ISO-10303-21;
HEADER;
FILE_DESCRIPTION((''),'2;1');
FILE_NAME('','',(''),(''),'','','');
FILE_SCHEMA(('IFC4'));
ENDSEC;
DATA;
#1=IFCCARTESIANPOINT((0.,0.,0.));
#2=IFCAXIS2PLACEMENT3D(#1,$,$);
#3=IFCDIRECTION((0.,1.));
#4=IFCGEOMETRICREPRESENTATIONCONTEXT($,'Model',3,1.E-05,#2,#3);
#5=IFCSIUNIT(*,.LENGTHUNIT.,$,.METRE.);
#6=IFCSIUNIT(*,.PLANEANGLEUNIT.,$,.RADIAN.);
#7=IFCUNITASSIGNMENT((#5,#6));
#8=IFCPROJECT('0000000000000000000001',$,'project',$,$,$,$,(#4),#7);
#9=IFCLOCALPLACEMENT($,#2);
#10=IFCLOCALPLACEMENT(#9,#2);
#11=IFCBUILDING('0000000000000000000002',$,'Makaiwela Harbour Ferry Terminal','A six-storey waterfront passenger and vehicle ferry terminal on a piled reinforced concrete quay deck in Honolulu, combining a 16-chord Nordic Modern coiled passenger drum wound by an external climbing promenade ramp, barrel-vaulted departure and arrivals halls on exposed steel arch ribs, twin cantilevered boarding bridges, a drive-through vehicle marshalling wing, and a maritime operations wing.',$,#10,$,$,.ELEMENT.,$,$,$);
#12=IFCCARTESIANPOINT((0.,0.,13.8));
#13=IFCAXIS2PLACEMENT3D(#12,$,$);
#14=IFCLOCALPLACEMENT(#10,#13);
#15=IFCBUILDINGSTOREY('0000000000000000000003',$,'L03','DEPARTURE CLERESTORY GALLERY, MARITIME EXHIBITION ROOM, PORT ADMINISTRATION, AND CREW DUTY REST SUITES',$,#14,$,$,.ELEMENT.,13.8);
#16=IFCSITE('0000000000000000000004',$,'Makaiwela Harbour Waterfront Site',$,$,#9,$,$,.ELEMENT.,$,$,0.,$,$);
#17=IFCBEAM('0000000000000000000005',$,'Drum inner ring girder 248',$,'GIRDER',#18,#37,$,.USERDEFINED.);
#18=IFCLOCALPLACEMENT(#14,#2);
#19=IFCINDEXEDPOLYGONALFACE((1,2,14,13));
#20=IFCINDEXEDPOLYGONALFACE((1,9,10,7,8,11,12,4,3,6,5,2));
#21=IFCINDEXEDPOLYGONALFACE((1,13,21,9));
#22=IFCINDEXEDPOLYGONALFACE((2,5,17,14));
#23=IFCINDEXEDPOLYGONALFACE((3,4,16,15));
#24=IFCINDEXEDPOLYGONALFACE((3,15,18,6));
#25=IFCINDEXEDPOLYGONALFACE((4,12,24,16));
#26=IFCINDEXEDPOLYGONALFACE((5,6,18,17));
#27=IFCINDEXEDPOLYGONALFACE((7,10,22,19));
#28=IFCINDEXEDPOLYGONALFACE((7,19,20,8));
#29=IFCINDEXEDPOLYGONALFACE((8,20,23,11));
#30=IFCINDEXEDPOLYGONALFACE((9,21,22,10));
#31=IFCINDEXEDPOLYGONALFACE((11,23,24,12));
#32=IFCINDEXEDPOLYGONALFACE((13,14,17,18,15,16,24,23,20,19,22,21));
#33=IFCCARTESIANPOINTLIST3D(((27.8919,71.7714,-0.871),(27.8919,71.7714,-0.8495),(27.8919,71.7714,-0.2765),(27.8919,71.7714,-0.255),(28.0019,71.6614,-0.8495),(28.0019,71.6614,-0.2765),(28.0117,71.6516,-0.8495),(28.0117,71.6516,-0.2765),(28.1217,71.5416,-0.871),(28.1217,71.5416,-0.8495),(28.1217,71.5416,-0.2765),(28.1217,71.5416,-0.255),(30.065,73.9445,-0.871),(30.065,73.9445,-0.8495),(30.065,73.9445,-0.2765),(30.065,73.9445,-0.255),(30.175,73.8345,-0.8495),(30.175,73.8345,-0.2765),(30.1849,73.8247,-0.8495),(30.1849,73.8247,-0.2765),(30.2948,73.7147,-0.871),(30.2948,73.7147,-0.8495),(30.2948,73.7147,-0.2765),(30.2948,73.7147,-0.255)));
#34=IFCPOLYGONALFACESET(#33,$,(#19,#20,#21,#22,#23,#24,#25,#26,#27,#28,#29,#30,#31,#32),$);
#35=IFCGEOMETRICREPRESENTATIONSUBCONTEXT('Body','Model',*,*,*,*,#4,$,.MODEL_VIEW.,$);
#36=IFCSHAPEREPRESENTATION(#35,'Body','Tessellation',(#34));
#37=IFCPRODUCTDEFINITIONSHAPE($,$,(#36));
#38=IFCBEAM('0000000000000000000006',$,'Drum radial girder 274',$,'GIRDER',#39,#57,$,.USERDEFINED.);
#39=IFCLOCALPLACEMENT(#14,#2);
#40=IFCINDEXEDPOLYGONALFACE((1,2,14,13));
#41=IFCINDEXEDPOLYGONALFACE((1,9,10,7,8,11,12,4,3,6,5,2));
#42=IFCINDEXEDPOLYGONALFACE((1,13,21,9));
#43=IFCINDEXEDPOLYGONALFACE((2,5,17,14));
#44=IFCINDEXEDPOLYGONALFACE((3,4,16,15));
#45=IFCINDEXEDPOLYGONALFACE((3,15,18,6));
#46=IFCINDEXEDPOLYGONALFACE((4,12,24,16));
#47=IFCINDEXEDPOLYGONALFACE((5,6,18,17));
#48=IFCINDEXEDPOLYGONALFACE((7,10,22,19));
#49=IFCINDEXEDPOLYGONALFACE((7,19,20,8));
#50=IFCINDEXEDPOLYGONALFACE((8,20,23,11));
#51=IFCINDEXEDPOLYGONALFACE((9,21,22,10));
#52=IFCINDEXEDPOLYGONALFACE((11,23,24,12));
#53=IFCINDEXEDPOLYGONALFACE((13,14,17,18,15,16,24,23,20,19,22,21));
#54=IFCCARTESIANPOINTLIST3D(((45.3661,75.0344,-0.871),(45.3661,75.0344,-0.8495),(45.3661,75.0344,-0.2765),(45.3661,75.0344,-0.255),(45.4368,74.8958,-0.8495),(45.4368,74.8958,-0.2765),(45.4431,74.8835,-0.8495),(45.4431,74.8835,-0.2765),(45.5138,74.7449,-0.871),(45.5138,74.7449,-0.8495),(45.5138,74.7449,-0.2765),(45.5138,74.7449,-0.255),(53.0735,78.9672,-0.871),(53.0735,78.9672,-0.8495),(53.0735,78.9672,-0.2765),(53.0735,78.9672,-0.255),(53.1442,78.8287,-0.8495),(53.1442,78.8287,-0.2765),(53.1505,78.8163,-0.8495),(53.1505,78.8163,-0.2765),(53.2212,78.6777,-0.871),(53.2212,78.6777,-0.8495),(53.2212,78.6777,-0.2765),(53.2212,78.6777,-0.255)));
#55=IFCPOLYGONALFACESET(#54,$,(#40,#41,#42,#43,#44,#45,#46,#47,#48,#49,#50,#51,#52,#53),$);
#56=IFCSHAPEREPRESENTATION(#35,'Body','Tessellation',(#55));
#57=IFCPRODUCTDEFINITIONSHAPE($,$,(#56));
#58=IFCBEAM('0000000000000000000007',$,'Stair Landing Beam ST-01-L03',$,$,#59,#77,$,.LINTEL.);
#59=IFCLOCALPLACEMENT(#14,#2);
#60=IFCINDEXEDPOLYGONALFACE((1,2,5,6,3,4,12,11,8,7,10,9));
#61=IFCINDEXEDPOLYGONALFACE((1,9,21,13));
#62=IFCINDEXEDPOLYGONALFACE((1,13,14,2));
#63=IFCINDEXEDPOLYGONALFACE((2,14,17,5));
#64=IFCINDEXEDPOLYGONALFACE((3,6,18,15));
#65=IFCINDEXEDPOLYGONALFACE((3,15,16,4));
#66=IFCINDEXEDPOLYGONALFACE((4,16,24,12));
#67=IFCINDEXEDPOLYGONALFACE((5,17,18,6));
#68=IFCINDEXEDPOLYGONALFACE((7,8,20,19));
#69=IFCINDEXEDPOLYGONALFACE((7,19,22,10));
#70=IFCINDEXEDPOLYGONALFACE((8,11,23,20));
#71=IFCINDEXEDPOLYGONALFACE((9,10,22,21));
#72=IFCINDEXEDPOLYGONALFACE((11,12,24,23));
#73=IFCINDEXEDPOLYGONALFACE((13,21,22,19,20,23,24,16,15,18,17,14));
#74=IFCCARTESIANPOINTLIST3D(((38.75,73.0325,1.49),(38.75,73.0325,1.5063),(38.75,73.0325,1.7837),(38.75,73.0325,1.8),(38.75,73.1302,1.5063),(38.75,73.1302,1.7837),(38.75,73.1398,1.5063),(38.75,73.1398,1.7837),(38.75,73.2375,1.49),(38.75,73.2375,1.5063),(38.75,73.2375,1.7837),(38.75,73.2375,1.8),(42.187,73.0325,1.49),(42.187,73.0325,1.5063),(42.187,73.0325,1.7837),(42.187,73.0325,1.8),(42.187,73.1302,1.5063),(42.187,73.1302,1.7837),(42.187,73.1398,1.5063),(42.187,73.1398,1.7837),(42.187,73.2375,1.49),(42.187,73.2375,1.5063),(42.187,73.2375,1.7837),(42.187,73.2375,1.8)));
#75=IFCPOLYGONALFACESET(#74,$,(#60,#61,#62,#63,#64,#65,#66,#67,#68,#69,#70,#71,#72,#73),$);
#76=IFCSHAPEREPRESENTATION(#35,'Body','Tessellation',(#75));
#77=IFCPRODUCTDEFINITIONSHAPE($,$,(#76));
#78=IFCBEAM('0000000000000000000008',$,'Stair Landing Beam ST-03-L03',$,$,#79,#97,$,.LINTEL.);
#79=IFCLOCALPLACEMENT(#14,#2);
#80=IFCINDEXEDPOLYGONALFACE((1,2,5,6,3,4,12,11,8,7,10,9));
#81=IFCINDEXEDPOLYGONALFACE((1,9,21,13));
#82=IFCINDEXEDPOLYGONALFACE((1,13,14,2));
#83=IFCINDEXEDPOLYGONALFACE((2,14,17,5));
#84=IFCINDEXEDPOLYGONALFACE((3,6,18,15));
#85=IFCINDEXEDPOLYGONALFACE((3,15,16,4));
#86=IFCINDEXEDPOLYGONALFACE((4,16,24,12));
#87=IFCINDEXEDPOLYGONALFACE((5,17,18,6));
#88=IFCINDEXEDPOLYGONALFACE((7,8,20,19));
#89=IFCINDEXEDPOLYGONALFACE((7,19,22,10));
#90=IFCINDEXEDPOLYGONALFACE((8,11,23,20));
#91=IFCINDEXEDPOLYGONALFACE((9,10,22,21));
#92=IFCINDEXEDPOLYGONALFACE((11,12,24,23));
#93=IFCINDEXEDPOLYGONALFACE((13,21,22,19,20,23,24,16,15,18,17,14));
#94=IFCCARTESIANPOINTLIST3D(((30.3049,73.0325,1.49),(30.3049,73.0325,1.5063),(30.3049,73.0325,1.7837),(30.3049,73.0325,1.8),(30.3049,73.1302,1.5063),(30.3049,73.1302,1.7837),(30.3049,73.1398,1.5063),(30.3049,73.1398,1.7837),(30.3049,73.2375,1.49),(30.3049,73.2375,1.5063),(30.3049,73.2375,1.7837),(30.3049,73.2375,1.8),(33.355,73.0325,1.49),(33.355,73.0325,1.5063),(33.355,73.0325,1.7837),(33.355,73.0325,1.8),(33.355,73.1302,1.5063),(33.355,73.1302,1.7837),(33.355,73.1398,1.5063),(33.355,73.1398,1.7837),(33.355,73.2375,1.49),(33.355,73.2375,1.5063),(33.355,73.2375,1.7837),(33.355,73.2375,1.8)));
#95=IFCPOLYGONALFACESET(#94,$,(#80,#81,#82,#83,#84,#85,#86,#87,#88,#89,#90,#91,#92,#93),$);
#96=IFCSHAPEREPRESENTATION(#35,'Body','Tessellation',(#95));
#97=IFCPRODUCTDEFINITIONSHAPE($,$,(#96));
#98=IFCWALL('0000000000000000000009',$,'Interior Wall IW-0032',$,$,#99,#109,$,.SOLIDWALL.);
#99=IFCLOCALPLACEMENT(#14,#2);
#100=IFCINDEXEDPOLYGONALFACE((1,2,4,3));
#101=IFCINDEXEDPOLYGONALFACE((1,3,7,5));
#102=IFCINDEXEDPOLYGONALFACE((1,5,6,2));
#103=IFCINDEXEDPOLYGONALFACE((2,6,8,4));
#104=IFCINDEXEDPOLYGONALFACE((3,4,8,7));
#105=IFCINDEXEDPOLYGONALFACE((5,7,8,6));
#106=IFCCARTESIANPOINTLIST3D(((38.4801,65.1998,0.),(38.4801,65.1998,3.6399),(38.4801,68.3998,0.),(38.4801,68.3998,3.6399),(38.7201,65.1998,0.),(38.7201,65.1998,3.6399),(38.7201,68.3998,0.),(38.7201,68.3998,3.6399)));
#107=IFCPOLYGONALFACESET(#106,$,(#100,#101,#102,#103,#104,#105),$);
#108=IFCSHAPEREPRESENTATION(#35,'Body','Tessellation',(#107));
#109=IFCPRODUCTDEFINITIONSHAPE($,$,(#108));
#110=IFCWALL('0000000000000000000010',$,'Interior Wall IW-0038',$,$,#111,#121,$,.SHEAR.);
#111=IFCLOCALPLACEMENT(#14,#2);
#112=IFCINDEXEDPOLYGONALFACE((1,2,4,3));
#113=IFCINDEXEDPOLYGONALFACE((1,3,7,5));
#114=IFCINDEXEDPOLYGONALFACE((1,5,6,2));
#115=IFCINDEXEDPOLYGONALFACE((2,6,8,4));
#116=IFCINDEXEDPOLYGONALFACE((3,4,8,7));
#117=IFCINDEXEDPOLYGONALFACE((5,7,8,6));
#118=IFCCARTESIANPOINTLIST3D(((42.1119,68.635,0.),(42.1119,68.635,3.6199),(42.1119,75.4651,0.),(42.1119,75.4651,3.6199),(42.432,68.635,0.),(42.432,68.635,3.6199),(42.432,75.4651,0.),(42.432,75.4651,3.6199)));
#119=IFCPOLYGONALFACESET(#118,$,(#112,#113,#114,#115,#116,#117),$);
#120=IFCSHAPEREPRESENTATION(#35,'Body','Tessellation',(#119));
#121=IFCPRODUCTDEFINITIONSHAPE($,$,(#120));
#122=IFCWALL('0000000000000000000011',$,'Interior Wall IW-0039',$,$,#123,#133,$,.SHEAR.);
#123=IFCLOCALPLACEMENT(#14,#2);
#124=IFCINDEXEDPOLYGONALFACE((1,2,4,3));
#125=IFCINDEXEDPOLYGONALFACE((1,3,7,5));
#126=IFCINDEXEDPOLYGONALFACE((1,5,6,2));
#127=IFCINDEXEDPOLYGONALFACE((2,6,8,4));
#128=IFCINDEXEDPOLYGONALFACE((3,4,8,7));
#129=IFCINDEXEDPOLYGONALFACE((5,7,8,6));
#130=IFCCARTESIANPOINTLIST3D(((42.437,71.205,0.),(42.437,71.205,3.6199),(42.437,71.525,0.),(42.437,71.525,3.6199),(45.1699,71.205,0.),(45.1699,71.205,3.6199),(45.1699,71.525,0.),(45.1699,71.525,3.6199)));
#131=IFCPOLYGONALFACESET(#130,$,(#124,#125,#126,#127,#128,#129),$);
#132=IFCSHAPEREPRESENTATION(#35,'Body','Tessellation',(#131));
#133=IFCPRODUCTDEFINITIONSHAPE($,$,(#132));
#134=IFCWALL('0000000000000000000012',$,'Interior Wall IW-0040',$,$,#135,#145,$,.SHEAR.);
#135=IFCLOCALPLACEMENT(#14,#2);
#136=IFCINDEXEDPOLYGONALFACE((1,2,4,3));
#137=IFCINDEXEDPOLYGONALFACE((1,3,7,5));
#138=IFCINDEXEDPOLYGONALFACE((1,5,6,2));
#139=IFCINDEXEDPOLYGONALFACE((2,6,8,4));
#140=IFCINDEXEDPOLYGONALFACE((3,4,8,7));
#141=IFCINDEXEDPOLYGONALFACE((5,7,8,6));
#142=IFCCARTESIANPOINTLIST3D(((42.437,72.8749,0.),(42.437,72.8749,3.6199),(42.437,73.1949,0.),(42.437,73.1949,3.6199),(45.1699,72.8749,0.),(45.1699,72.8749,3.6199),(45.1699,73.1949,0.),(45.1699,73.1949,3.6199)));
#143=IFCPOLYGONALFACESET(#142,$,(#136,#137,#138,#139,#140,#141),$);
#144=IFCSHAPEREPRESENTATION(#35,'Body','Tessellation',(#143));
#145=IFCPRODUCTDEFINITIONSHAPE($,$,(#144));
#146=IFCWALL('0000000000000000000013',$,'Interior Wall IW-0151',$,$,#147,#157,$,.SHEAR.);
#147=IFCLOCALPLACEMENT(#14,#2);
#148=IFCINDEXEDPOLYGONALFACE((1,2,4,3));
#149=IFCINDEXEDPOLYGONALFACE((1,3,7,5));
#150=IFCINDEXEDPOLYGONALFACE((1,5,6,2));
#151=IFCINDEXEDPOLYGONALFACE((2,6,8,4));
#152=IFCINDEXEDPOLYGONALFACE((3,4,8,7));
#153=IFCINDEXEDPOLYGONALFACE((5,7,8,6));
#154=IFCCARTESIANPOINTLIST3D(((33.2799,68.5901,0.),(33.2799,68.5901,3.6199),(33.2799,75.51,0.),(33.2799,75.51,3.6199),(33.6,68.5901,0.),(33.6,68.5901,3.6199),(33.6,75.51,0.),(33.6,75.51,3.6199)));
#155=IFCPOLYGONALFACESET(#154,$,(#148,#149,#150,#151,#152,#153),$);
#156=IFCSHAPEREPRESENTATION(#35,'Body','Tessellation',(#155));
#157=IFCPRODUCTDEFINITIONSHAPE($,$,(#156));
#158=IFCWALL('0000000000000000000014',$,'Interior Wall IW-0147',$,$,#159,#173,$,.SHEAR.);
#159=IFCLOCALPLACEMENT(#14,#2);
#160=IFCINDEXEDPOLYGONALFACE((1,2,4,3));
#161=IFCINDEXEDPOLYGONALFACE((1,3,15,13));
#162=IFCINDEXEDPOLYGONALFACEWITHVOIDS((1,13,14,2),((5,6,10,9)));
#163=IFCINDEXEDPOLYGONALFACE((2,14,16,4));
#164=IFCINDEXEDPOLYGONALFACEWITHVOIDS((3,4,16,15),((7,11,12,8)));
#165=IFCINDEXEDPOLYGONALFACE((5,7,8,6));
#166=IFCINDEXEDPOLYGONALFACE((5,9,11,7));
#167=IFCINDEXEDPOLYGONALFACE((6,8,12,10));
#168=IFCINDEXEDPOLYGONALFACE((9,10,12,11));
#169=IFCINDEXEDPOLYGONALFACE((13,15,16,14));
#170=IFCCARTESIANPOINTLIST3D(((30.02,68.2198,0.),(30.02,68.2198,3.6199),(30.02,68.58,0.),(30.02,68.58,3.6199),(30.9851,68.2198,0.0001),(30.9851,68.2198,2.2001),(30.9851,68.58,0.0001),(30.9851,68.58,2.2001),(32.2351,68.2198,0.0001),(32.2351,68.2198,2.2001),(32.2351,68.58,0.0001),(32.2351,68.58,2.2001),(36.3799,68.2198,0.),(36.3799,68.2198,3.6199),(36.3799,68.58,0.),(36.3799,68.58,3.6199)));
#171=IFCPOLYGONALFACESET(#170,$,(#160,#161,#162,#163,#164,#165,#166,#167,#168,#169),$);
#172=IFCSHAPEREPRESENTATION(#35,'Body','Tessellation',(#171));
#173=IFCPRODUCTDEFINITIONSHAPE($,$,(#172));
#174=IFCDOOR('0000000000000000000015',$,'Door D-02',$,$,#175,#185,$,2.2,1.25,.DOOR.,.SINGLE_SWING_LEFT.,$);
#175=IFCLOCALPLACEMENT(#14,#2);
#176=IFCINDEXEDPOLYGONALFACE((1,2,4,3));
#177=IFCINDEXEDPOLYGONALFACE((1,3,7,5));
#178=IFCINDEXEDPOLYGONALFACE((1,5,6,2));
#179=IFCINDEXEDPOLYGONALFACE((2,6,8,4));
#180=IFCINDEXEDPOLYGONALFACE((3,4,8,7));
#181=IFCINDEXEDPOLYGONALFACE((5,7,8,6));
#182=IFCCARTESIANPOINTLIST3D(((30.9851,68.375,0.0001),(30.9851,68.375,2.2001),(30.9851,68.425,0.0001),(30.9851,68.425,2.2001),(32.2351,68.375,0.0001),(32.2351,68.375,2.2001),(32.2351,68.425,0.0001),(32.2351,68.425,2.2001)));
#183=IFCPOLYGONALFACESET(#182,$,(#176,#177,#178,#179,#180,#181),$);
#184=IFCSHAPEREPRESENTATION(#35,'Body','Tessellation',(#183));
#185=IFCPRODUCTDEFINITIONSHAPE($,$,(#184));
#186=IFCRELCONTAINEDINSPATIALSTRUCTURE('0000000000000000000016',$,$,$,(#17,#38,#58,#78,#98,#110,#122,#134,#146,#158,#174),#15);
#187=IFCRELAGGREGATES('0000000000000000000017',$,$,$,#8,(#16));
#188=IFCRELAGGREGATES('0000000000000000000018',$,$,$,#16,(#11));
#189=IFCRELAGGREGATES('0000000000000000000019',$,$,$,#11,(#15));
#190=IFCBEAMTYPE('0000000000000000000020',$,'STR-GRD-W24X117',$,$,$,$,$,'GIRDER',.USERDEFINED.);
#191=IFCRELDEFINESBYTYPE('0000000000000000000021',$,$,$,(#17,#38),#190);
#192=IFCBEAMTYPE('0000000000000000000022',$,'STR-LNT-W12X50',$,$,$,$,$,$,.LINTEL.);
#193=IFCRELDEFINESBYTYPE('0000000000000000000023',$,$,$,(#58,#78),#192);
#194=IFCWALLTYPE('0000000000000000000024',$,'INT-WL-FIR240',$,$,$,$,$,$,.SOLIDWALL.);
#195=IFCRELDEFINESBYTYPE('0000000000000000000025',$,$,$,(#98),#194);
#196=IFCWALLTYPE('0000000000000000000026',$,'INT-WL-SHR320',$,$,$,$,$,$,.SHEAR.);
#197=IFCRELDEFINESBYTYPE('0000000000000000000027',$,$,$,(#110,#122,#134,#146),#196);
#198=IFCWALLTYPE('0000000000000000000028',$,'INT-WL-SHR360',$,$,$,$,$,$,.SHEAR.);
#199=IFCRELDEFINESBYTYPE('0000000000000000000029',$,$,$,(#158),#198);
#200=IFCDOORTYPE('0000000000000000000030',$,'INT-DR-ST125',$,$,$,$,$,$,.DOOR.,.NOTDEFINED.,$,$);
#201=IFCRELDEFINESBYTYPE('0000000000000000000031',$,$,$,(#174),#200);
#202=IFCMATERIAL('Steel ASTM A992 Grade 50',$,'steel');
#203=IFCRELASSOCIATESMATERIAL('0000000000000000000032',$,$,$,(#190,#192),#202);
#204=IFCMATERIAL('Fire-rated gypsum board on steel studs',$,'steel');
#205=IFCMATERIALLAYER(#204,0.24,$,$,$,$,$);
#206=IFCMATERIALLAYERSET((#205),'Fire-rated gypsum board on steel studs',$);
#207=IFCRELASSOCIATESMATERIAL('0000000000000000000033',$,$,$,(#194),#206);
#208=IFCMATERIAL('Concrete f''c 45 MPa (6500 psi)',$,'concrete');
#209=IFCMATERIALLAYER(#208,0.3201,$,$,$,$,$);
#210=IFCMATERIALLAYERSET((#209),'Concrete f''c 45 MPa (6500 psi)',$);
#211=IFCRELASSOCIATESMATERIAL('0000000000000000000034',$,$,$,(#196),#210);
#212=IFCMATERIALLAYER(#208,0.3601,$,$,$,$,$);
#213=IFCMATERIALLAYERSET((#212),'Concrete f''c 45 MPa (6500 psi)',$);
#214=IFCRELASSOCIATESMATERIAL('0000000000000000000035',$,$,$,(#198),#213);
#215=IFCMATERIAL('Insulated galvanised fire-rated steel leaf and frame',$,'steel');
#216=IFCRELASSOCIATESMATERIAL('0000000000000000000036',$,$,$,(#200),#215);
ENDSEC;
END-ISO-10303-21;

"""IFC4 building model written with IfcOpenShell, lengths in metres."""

from ifc_helpers import new_model, si_unit, direction, frame, frame_2d, origin, origin_2d, place, context, subcontext, project, spatial, rectangle, i_section, extrude, material, layer, layer_set, material_profile, profile_set, type_object, element, fill, save


model = new_model("IFC4")

# Units and contexts
model_context = context("Model", 3, precision=1e-05, world=origin(), true_north=direction((0.0, 1.0)))
body_context = subcontext(model_context, "Body", "Model", "MODEL_VIEW")
ifc_project = project(units=[si_unit("LENGTHUNIT", "METRE"), si_unit("PLANEANGLEUNIT", "RADIAN")], contexts=[model_context])

# Site, building, storey
site_placement = place(None, origin())
site = spatial("IfcSite", under=ifc_project, at=site_placement, Name="Makaiwela Harbour Waterfront Site", CompositionType="ELEMENT", RefElevation=0.0)
building_placement = place(site_placement, origin())
building = spatial("IfcBuilding", under=site, at=building_placement, Name="Makaiwela Harbour Ferry Terminal", Description="A six-storey waterfront passenger and vehicle ferry terminal on a piled reinforced concrete quay deck in Honolulu, combining a 16-chord Nordic Modern coiled passenger drum wound by an external climbing promenade ramp, barrel-vaulted departure and arrivals halls on exposed steel arch ribs, twin cantilevered boarding bridges, a drive-through vehicle marshalling wing, and a maritime operations wing.", CompositionType="ELEMENT")
storey_placement = place(building_placement, frame((0.0, 0.0, 13.8)))
storey = spatial("IfcBuildingStorey", under=building, at=storey_placement, Name="L03", Description="DEPARTURE CLERESTORY GALLERY, MARITIME EXHIBITION ROOM, PORT ADMINISTRATION, AND CREW DUTY REST SUITES", CompositionType="ELEMENT", Elevation=13.8)

# Beams
ifc_material_1 = material(Name="Steel ASTM A992 Grade 50", Category="steel")
ifc_material_profile_1 = material_profile(ifc_material_1, i_section(OverallWidth=0.325, OverallDepth=0.616, WebThickness=0.0139, FlangeThickness=0.0215, at=origin_2d()), Name="W24X117")
ifc_profile_set_1 = profile_set([ifc_material_profile_1], Name="Steel ASTM A992 Grade 50")
beam_type_1 = type_object("IfcBeamType", Name="STR-GRD-W24X117", ElementType="GIRDER", PredefinedType="USERDEFINED", material=ifc_profile_set_1)
beam_1_placement = place(storey_placement, frame((30.1799, 73.8296, -0.563), z_axis=(-0.707107, -0.707107, 0.0), x_axis=(0.707107, -0.707107, 0.0)))
element("IfcBeam", 1, at=beam_1_placement, inside=storey, type_object=beam_type_1, Name="Drum inner ring girder 248", ObjectType="GIRDER", PredefinedType="USERDEFINED", context=body_context, shape_type="SweptSolid", body=[
    extrude(i_section(OverallWidth=0.325, OverallDepth=0.616, WebThickness=0.0139, FlangeThickness=0.0215, at=origin_2d()), origin(), (0.0, 0.0, 1.0), 3.0732),
])
beam_2_placement = place(storey_placement, frame((45.4399, 74.8896, -0.563), z_axis=(0.890741, 0.454512, 0.0), x_axis=(-0.454512, 0.890741, 0.0)))
element("IfcBeam", 2, at=beam_2_placement, inside=storey, type_object=beam_type_1, Name="Drum radial girder 274", ObjectType="GIRDER", PredefinedType="USERDEFINED", context=body_context, shape_type="SweptSolid", body=[
    extrude(i_section(OverallWidth=0.325, OverallDepth=0.616, WebThickness=0.0139, FlangeThickness=0.0215, at=origin_2d()), origin(), (0.0, 0.0, 1.0), 8.6528),
])
ifc_material_profile_2 = material_profile(ifc_material_1, i_section(OverallWidth=0.2051, OverallDepth=0.3101, WebThickness=0.0095, FlangeThickness=0.0164, at=origin_2d()), Name="W12X50")
ifc_profile_set_2 = profile_set([ifc_material_profile_2], Name="Steel ASTM A992 Grade 50")
beam_type_2 = type_object("IfcBeamType", Name="STR-LNT-W12X50", PredefinedType="LINTEL", material=ifc_profile_set_2)
beam_3_placement = place(storey_placement, frame((38.75, 73.135, 1.645), z_axis=(1.0, 0.0, 0.0), x_axis=(0.0, 1.0, 0.0)))
element("IfcBeam", 3, at=beam_3_placement, inside=storey, type_object=beam_type_2, Name="Stair Landing Beam ST-01-L03", PredefinedType="LINTEL", context=body_context, shape_type="SweptSolid", body=[
    extrude(i_section(OverallWidth=0.2051, OverallDepth=0.3101, WebThickness=0.0095, FlangeThickness=0.0164, at=origin_2d()), origin(), (0.0, 0.0, 1.0), 3.437),
])
beam_4_placement = place(storey_placement, frame((30.3049, 73.135, 1.645), z_axis=(1.0, 0.0, 0.0), x_axis=(0.0, 1.0, 0.0)))
element("IfcBeam", 4, at=beam_4_placement, inside=storey, type_object=beam_type_2, Name="Stair Landing Beam ST-03-L03", PredefinedType="LINTEL", context=body_context, shape_type="SweptSolid", body=[
    extrude(i_section(OverallWidth=0.2051, OverallDepth=0.3101, WebThickness=0.0095, FlangeThickness=0.0164, at=origin_2d()), origin(), (0.0, 0.0, 1.0), 3.05),
])

# Walls
ifc_material_2 = material(Name="Fire-rated gypsum board on steel studs", Category="steel")
ifc_layer_1 = layer(ifc_material_2, 0.24)
ifc_layer_set_1 = layer_set([ifc_layer_1], Name="Fire-rated gypsum board on steel studs")
wall_type_1 = type_object("IfcWallType", Name="INT-WL-FIR240", PredefinedType="SOLIDWALL", material=ifc_layer_set_1)
wall_1_placement = place(storey_placement, frame((38.6001, 68.3999, 0.0), z_axis=(0.0, 0.0, 1.0), x_axis=(0.0, -1.0, 0.0)))
element("IfcWall", 5, at=wall_1_placement, inside=storey, type_object=wall_type_1, Name="Interior Wall IW-0032", PredefinedType="SOLIDWALL", context=body_context, shape_type="SweptSolid", body=[
    extrude(rectangle(XDim=3.2, YDim=0.24, at=frame_2d((1.6001, 0.0))), origin(), (0.0, 0.0, 1.0), 3.6399),
])
ifc_material_3 = material(Name="Concrete f'c 45 MPa (6500 psi)", Category="concrete")
ifc_layer_2 = layer(ifc_material_3, 0.3201)
ifc_layer_set_2 = layer_set([ifc_layer_2], Name="Concrete f'c 45 MPa (6500 psi)")
wall_type_2 = type_object("IfcWallType", Name="INT-WL-SHR320", PredefinedType="SHEAR", material=ifc_layer_set_2)
wall_2_placement = place(storey_placement, frame((42.272, 68.635, 0.0), z_axis=(0.0, 0.0, 1.0), x_axis=(0.0, 1.0, 0.0)))
element("IfcWall", 6, at=wall_2_placement, inside=storey, type_object=wall_type_2, Name="Interior Wall IW-0038", PredefinedType="SHEAR", context=body_context, shape_type="SweptSolid", body=[
    extrude(rectangle(XDim=6.8301, YDim=0.3201, at=frame_2d((3.415, 0.0))), origin(), (0.0, 0.0, 1.0), 3.6199),
])
for number, where, z_axis, x_axis, name in (
    (7, (42.437, 71.365, 0.0), (0.0, 0.0, 1.0), (1.0, 0.0, 0.0), "Interior Wall IW-0039"),
    (8, (42.437, 73.0349, 0.0), (0.0, 0.0, 1.0), (1.0, 0.0, 0.0), "Interior Wall IW-0040"),
):
    element("IfcWall", number, at=place(storey_placement, frame(where, z_axis=z_axis, x_axis=x_axis)), inside=storey, type_object=wall_type_2, Name=name, PredefinedType="SHEAR", context=body_context, shape_type="SweptSolid", body=[
        extrude(rectangle(XDim=2.7329, YDim=0.3201, at=frame_2d((1.3665, 0.0))), origin(), (0.0, 0.0, 1.0), 3.6199),
    ])
wall_3_placement = place(storey_placement, frame((33.4399, 68.5901, 0.0), z_axis=(0.0, 0.0, 1.0), x_axis=(0.0, 1.0, 0.0)))
element("IfcWall", 9, at=wall_3_placement, inside=storey, type_object=wall_type_2, Name="Interior Wall IW-0151", PredefinedType="SHEAR", context=body_context, shape_type="SweptSolid", body=[
    extrude(rectangle(XDim=6.9199, YDim=0.3201, at=frame_2d((3.46, 0.0))), origin(), (0.0, 0.0, 1.0), 3.6199),
])

# Wall, opening, door
ifc_layer_3 = layer(ifc_material_3, 0.3601)
ifc_layer_set_3 = layer_set([ifc_layer_3], Name="Concrete f'c 45 MPa (6500 psi)")
wall_type_3 = type_object("IfcWallType", Name="INT-WL-SHR360", PredefinedType="SHEAR", material=ifc_layer_set_3)
wall_4_placement = place(storey_placement, frame((30.02, 68.3999, 0.0), z_axis=(0.0, 0.0, 1.0), x_axis=(1.0, 0.0, 0.0)))
wall_4 = element("IfcWall", 10, at=wall_4_placement, inside=storey, type_object=wall_type_3, Name="Interior Wall IW-0147", PredefinedType="SHEAR", context=body_context, shape_type="SweptSolid", body=[
    extrude(rectangle(XDim=6.3599, YDim=0.3601, at=frame_2d((3.1799, 0.0))), origin(), (0.0, 0.0, 1.0), 3.6199),
])
opening_1_placement = place(wall_4_placement, frame((0.9651, 0.0, 0.0)))
opening_1 = element("IfcOpeningElement", 11, at=opening_1_placement, cuts=wall_4, PredefinedType="OPENING", context=body_context, shape_type="SweptSolid", body=[
    extrude(rectangle(XDim=1.25, YDim=2.2, at=frame_2d((0.625, 1.1001))), frame((0.0, 0.1899, 0.0), z_axis=(0.0, -1.0, 0.0), x_axis=(1.0, 0.0, 0.0)), (0.0, 0.0, 1.0), 0.3801),
])
ifc_material_4 = material(Name="Insulated galvanised fire-rated steel leaf and frame", Category="steel")
door_type_1 = type_object("IfcDoorType", Name="INT-DR-ST125", OperationType="NOTDEFINED", PredefinedType="DOOR", material=ifc_material_4)
door_1_placement = place(opening_1_placement, frame((1.25, 0.0, 0.0), z_axis=(0.0, 0.0, 1.0), x_axis=(-1.0, 0.0, 0.0)))
door_1 = element("IfcDoor", 12, at=door_1_placement, inside=storey, type_object=door_type_1, Name="Door D-02", OperationType="SINGLE_SWING_LEFT", OverallHeight=2.2, OverallWidth=1.25, PredefinedType="DOOR", context=body_context, shape_type="SweptSolid", body=[
    extrude(rectangle(XDim=1.25, YDim=2.2, at=frame_2d((0.625, 1.1001))), frame((0.0, 0.0249, 0.0), z_axis=(0.0, -1.0, 0.0), x_axis=(1.0, 0.0, 0.0)), (0.0, 0.0, 1.0), 0.05),
])
fill(opening_1, door_1)

save(model, "model.ifc")
